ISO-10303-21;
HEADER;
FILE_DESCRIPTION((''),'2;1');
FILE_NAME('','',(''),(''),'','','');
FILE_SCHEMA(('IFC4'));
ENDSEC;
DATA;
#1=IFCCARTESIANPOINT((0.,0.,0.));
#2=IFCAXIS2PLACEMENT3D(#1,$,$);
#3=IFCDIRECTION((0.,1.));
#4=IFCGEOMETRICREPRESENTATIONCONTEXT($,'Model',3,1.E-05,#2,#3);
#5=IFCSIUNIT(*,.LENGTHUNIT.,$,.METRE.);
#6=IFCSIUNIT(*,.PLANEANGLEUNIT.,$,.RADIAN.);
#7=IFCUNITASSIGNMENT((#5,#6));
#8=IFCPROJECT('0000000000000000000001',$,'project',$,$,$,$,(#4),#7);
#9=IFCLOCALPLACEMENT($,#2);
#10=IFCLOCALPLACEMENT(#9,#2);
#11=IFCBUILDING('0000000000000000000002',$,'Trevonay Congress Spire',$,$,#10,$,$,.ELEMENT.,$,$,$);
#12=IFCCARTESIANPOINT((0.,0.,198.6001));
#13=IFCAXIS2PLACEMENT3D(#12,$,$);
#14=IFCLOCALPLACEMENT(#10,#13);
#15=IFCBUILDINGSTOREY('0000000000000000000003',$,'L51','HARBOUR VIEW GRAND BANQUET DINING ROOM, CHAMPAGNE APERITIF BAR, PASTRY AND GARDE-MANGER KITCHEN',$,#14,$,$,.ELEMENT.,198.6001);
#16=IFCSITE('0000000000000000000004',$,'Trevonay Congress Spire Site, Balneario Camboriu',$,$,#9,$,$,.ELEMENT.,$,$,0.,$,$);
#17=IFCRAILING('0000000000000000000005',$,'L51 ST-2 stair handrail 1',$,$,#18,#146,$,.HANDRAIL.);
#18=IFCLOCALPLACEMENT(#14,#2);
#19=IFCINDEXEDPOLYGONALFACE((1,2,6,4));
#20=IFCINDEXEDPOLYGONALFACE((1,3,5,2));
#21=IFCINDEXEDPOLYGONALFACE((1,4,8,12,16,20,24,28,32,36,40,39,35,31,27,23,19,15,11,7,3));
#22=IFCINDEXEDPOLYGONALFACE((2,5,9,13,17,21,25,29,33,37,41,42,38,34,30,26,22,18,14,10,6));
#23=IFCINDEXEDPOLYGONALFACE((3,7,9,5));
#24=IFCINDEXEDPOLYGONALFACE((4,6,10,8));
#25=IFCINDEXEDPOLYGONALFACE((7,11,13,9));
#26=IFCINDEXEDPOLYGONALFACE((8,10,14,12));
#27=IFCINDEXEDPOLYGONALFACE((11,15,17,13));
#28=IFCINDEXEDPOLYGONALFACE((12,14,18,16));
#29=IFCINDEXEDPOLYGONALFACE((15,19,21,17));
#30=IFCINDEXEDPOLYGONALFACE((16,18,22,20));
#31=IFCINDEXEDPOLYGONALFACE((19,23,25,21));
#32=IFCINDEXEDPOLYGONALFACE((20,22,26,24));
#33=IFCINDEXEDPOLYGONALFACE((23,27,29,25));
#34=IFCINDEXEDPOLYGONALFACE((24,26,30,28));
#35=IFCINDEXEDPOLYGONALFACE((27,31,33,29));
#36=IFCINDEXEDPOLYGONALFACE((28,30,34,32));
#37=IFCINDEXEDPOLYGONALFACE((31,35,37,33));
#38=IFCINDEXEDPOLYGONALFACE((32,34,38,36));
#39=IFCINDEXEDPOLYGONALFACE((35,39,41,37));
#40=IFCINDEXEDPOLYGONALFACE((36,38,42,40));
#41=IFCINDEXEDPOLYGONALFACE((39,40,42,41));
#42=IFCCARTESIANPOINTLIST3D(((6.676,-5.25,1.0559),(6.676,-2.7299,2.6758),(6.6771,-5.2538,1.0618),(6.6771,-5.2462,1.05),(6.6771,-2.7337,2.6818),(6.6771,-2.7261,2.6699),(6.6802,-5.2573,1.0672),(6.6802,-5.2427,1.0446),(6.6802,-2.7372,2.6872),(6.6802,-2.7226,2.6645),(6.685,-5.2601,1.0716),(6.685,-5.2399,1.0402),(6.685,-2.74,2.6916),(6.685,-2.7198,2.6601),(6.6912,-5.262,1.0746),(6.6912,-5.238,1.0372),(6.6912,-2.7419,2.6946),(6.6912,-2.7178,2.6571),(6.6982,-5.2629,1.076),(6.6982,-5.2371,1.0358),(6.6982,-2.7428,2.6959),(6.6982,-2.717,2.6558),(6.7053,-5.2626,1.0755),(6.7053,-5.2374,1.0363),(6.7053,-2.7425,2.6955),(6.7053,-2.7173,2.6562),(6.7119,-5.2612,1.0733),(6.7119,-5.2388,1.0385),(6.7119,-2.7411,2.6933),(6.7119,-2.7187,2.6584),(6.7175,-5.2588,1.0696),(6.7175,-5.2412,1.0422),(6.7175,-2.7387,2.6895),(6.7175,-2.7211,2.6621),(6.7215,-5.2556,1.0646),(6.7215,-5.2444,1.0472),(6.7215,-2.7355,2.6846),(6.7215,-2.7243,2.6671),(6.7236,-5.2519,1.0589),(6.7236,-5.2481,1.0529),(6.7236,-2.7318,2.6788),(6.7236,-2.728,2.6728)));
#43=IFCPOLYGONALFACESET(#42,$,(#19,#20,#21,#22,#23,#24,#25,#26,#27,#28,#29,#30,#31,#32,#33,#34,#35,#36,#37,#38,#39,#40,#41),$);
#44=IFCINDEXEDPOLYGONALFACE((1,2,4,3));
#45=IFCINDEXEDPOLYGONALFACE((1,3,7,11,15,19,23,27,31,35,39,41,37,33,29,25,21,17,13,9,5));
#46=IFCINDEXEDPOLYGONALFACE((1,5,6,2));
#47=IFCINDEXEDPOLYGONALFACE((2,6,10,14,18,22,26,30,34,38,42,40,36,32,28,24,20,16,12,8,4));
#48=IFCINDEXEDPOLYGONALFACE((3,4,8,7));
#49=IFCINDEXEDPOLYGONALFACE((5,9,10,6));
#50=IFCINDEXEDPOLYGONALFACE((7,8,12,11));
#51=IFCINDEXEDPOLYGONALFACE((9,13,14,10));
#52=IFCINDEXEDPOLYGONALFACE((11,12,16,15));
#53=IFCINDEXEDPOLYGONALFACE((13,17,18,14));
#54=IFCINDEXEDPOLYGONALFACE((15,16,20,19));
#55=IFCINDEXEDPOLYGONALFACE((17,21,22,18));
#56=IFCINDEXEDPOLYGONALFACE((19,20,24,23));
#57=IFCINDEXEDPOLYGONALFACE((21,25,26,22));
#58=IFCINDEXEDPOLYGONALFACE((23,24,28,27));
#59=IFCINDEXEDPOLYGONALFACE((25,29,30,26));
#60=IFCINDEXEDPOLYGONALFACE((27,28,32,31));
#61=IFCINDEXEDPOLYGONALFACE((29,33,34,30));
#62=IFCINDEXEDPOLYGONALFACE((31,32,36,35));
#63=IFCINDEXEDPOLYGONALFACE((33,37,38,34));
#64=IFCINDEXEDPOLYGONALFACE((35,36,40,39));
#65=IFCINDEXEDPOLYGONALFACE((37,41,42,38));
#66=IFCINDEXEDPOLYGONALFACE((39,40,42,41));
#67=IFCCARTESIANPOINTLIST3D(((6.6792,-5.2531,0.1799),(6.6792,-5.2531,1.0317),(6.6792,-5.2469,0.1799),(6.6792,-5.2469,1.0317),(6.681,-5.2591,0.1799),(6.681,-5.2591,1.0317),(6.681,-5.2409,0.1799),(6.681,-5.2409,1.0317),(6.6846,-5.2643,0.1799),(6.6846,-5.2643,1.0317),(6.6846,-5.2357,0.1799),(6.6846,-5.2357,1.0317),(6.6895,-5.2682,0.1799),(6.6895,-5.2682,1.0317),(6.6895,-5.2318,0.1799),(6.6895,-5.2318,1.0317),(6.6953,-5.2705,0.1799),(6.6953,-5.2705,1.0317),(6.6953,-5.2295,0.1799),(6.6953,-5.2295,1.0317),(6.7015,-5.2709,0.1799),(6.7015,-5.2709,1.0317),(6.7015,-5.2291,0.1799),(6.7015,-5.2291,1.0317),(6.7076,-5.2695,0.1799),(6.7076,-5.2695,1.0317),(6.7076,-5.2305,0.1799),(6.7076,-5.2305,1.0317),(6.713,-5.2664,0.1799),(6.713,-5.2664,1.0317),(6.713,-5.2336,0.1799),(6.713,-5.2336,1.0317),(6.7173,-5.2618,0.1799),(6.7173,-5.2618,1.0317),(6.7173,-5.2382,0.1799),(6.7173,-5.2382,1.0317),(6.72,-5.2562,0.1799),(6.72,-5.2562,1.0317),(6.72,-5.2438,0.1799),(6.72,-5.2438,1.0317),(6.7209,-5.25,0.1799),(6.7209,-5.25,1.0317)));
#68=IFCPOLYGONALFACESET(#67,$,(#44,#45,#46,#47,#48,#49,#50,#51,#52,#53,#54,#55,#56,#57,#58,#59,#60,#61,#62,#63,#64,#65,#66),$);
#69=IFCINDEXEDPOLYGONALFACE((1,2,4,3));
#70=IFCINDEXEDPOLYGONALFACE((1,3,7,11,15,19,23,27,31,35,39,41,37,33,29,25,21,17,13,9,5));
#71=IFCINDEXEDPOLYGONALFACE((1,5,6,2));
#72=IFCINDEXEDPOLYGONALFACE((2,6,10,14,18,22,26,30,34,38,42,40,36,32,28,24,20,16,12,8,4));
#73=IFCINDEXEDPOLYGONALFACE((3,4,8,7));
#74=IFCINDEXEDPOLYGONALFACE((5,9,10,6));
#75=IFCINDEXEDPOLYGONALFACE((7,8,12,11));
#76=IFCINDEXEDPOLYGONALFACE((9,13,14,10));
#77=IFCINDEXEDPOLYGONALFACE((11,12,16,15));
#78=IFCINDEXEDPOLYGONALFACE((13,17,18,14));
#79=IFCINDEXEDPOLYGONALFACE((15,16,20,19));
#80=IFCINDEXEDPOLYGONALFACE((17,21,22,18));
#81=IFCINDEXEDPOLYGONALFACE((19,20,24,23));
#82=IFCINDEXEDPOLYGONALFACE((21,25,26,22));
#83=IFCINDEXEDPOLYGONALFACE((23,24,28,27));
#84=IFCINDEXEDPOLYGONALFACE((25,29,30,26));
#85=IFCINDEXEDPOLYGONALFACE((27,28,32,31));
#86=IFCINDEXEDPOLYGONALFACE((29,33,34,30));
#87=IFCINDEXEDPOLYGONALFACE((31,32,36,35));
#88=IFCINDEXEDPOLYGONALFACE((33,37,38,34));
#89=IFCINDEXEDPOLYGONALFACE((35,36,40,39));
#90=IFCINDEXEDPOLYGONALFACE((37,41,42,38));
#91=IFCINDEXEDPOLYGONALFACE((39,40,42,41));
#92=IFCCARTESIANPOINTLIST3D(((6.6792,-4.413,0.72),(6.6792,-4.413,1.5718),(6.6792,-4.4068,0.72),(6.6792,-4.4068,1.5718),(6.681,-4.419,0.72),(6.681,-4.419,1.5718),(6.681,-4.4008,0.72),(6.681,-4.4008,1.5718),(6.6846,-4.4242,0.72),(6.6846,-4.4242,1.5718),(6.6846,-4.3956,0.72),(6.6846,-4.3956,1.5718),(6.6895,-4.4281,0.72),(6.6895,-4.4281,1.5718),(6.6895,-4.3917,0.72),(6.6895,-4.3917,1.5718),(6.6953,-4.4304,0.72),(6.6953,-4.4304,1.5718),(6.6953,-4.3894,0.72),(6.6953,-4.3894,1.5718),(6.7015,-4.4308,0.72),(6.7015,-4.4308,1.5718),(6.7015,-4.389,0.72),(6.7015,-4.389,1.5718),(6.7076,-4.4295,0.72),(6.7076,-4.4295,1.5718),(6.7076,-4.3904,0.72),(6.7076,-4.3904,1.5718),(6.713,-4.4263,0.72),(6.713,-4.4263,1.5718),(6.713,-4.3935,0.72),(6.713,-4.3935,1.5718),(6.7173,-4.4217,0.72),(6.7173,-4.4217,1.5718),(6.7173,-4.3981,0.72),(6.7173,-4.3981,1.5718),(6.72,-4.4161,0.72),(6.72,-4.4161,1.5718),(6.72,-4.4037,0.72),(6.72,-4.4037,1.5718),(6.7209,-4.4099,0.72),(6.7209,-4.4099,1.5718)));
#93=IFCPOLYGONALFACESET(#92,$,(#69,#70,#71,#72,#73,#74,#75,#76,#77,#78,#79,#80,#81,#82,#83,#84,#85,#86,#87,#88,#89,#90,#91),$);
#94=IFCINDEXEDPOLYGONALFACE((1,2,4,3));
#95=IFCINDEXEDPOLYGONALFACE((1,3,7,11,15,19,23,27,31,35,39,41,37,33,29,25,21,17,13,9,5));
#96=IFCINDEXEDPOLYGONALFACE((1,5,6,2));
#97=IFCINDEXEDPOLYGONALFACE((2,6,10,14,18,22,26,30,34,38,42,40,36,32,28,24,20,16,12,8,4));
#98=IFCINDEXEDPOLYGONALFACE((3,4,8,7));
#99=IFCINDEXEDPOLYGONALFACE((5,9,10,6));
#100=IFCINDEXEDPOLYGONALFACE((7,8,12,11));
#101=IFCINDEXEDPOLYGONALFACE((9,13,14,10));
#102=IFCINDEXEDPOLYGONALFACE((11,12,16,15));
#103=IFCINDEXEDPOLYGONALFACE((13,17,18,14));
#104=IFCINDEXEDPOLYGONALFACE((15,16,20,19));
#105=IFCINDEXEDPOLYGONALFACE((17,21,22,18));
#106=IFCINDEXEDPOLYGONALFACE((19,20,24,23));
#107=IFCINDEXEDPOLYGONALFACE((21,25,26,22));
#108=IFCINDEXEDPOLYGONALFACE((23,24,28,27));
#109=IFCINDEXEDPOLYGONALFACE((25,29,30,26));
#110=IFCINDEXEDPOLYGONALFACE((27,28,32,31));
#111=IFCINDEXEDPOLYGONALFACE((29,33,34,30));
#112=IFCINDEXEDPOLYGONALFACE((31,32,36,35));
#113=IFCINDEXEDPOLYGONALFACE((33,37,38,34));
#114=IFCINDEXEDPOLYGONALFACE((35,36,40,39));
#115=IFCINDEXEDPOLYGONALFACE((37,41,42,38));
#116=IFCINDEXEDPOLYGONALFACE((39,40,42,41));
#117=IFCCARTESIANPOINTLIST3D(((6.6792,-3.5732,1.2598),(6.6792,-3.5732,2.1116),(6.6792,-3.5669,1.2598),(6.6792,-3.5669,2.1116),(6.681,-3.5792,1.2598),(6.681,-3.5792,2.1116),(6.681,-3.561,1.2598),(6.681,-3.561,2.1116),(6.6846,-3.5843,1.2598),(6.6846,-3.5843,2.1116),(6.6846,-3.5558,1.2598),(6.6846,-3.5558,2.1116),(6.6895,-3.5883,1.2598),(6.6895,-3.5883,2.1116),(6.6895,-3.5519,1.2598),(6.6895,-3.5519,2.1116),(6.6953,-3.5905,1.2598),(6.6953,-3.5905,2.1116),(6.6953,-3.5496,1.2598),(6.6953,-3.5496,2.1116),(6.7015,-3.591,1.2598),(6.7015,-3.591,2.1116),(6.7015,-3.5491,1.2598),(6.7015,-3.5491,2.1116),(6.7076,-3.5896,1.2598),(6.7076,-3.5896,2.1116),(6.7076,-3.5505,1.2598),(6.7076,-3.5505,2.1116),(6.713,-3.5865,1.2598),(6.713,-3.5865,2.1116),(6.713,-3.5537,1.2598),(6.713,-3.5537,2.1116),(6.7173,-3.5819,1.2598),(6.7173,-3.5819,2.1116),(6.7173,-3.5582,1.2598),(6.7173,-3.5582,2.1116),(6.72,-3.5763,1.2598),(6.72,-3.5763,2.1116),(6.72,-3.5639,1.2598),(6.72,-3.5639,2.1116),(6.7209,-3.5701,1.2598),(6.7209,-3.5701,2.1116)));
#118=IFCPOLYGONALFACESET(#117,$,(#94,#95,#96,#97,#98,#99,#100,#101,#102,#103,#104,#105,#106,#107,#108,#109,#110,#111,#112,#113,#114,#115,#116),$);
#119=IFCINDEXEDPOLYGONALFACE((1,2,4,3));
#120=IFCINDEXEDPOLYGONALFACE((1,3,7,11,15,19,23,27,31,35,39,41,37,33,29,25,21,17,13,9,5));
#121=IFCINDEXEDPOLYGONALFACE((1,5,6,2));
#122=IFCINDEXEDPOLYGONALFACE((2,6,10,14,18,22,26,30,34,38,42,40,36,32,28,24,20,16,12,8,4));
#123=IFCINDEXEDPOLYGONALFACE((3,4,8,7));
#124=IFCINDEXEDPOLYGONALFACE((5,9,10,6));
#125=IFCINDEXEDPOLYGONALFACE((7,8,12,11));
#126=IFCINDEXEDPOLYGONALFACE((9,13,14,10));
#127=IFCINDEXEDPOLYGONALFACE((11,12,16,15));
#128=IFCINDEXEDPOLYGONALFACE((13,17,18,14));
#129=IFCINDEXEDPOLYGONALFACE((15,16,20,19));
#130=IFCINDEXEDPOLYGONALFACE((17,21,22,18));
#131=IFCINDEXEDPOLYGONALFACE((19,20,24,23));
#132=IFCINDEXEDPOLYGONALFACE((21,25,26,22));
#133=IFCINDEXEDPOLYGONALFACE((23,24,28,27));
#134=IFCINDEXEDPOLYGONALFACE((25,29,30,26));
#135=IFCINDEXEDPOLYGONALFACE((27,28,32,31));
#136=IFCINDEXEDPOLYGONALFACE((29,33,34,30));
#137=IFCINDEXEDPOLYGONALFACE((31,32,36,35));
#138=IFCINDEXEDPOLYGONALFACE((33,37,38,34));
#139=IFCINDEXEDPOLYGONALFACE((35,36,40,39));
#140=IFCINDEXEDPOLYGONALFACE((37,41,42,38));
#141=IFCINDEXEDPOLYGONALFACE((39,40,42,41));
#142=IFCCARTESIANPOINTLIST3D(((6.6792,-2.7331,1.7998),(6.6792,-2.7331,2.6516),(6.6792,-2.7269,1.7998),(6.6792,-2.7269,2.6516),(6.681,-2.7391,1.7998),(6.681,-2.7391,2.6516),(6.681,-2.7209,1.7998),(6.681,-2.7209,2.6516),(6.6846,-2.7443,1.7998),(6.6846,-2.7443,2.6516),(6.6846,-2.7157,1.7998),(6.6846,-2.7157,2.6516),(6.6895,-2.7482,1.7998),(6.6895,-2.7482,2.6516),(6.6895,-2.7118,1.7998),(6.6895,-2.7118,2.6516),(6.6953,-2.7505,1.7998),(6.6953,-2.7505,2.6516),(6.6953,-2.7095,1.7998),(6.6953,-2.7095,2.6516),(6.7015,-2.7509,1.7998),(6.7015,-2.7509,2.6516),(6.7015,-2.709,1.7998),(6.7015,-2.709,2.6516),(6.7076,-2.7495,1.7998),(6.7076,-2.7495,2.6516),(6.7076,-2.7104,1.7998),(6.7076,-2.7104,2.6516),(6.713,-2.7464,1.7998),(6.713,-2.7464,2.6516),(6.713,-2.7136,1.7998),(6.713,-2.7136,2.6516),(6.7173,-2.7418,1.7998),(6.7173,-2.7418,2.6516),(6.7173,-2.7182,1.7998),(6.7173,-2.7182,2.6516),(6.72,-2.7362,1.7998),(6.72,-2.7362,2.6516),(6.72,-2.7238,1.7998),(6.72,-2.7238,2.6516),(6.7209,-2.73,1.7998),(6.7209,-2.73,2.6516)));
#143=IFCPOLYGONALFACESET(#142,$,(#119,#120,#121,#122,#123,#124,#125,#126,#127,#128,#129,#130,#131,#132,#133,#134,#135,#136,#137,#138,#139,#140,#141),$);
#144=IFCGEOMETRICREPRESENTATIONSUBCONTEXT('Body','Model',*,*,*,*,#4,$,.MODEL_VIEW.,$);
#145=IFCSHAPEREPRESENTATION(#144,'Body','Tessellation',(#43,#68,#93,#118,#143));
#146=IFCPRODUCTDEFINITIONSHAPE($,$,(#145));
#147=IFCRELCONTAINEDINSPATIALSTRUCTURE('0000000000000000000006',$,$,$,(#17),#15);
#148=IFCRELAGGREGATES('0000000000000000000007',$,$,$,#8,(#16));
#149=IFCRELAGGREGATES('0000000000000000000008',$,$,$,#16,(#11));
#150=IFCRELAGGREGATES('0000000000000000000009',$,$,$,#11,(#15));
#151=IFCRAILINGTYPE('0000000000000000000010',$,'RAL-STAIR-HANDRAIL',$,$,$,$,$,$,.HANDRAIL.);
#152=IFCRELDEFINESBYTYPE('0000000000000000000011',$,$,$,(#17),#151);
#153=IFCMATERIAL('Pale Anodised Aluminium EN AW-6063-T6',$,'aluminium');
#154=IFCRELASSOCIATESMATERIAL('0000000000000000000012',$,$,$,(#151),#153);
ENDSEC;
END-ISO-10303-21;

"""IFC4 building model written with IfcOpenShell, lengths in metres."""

from ifc_helpers import new_model, si_unit, direction, frame, origin, origin_2d, place, context, subcontext, project, spatial, circle, extrude, material, type_object, element, save


model = new_model("IFC4")

# Units and contexts
model_context = context("Model", 3, precision=1e-05, world=origin(), true_north=direction((0.0, 1.0)))
body_context = subcontext(model_context, "Body", "Model", "MODEL_VIEW")
ifc_project = project(units=[si_unit("LENGTHUNIT", "METRE"), si_unit("PLANEANGLEUNIT", "RADIAN")], contexts=[model_context])

# Site, building, storey
site_placement = place(None, origin())
site = spatial("IfcSite", under=ifc_project, at=site_placement, Name="Trevonay Congress Spire Site, Balneario Camboriu", CompositionType="ELEMENT", RefElevation=0.0)
building_placement = place(site_placement, origin())
building = spatial("IfcBuilding", under=site, at=building_placement, Name="Trevonay Congress Spire", CompositionType="ELEMENT")
storey_placement = place(building_placement, frame((0.0, 0.0, 198.6001)))
storey = spatial("IfcBuildingStorey", under=building, at=storey_placement, Name="L51", Description="HARBOUR VIEW GRAND BANQUET DINING ROOM, CHAMPAGNE APERITIF BAR, PASTRY AND GARDE-MANGER KITCHEN", CompositionType="ELEMENT", Elevation=198.6001)

# Shared definitions
ifc_material_1 = material(Name="Pale Anodised Aluminium EN AW-6063-T6", Category="aluminium")

# Railing
railing_type_1 = type_object("IfcRailingType", Name="RAL-STAIR-HANDRAIL", PredefinedType="HANDRAIL", material=ifc_material_1)
railing_1_placement = place(storey_placement, frame((6.7, -5.25, 0.1799)))
element("IfcRailing", 1, at=railing_1_placement, inside=storey, type_object=railing_type_1, Name="L51 ST-2 stair handrail 1", PredefinedType="HANDRAIL", context=body_context, shape_type="SweptSolid", body=[
    extrude(circle(Radius=0.0239, at=origin_2d()), frame((0.0, 0.0, 0.876), z_axis=(0.0, 0.8412, 0.540725), x_axis=(-1.0, 0.0, 0.0)), (0.0, 0.0, 1.0), 2.9958),
    extrude(circle(Radius=0.021, at=origin_2d()), origin(), (0.0, 0.0, 1.0), 0.8518),
    extrude(circle(Radius=0.021, at=origin_2d()), frame((0.0, 0.8401, 0.54)), (0.0, 0.0, 1.0), 0.8518),
    extrude(circle(Radius=0.021, at=origin_2d()), frame((0.0, 1.6799, 1.0798)), (0.0, 0.0, 1.0), 0.8518),
    extrude(circle(Radius=0.021, at=origin_2d()), frame((0.0, 2.52, 1.6199)), (0.0, 0.0, 1.0), 0.8518),
])

save(model, "model.ifc")
